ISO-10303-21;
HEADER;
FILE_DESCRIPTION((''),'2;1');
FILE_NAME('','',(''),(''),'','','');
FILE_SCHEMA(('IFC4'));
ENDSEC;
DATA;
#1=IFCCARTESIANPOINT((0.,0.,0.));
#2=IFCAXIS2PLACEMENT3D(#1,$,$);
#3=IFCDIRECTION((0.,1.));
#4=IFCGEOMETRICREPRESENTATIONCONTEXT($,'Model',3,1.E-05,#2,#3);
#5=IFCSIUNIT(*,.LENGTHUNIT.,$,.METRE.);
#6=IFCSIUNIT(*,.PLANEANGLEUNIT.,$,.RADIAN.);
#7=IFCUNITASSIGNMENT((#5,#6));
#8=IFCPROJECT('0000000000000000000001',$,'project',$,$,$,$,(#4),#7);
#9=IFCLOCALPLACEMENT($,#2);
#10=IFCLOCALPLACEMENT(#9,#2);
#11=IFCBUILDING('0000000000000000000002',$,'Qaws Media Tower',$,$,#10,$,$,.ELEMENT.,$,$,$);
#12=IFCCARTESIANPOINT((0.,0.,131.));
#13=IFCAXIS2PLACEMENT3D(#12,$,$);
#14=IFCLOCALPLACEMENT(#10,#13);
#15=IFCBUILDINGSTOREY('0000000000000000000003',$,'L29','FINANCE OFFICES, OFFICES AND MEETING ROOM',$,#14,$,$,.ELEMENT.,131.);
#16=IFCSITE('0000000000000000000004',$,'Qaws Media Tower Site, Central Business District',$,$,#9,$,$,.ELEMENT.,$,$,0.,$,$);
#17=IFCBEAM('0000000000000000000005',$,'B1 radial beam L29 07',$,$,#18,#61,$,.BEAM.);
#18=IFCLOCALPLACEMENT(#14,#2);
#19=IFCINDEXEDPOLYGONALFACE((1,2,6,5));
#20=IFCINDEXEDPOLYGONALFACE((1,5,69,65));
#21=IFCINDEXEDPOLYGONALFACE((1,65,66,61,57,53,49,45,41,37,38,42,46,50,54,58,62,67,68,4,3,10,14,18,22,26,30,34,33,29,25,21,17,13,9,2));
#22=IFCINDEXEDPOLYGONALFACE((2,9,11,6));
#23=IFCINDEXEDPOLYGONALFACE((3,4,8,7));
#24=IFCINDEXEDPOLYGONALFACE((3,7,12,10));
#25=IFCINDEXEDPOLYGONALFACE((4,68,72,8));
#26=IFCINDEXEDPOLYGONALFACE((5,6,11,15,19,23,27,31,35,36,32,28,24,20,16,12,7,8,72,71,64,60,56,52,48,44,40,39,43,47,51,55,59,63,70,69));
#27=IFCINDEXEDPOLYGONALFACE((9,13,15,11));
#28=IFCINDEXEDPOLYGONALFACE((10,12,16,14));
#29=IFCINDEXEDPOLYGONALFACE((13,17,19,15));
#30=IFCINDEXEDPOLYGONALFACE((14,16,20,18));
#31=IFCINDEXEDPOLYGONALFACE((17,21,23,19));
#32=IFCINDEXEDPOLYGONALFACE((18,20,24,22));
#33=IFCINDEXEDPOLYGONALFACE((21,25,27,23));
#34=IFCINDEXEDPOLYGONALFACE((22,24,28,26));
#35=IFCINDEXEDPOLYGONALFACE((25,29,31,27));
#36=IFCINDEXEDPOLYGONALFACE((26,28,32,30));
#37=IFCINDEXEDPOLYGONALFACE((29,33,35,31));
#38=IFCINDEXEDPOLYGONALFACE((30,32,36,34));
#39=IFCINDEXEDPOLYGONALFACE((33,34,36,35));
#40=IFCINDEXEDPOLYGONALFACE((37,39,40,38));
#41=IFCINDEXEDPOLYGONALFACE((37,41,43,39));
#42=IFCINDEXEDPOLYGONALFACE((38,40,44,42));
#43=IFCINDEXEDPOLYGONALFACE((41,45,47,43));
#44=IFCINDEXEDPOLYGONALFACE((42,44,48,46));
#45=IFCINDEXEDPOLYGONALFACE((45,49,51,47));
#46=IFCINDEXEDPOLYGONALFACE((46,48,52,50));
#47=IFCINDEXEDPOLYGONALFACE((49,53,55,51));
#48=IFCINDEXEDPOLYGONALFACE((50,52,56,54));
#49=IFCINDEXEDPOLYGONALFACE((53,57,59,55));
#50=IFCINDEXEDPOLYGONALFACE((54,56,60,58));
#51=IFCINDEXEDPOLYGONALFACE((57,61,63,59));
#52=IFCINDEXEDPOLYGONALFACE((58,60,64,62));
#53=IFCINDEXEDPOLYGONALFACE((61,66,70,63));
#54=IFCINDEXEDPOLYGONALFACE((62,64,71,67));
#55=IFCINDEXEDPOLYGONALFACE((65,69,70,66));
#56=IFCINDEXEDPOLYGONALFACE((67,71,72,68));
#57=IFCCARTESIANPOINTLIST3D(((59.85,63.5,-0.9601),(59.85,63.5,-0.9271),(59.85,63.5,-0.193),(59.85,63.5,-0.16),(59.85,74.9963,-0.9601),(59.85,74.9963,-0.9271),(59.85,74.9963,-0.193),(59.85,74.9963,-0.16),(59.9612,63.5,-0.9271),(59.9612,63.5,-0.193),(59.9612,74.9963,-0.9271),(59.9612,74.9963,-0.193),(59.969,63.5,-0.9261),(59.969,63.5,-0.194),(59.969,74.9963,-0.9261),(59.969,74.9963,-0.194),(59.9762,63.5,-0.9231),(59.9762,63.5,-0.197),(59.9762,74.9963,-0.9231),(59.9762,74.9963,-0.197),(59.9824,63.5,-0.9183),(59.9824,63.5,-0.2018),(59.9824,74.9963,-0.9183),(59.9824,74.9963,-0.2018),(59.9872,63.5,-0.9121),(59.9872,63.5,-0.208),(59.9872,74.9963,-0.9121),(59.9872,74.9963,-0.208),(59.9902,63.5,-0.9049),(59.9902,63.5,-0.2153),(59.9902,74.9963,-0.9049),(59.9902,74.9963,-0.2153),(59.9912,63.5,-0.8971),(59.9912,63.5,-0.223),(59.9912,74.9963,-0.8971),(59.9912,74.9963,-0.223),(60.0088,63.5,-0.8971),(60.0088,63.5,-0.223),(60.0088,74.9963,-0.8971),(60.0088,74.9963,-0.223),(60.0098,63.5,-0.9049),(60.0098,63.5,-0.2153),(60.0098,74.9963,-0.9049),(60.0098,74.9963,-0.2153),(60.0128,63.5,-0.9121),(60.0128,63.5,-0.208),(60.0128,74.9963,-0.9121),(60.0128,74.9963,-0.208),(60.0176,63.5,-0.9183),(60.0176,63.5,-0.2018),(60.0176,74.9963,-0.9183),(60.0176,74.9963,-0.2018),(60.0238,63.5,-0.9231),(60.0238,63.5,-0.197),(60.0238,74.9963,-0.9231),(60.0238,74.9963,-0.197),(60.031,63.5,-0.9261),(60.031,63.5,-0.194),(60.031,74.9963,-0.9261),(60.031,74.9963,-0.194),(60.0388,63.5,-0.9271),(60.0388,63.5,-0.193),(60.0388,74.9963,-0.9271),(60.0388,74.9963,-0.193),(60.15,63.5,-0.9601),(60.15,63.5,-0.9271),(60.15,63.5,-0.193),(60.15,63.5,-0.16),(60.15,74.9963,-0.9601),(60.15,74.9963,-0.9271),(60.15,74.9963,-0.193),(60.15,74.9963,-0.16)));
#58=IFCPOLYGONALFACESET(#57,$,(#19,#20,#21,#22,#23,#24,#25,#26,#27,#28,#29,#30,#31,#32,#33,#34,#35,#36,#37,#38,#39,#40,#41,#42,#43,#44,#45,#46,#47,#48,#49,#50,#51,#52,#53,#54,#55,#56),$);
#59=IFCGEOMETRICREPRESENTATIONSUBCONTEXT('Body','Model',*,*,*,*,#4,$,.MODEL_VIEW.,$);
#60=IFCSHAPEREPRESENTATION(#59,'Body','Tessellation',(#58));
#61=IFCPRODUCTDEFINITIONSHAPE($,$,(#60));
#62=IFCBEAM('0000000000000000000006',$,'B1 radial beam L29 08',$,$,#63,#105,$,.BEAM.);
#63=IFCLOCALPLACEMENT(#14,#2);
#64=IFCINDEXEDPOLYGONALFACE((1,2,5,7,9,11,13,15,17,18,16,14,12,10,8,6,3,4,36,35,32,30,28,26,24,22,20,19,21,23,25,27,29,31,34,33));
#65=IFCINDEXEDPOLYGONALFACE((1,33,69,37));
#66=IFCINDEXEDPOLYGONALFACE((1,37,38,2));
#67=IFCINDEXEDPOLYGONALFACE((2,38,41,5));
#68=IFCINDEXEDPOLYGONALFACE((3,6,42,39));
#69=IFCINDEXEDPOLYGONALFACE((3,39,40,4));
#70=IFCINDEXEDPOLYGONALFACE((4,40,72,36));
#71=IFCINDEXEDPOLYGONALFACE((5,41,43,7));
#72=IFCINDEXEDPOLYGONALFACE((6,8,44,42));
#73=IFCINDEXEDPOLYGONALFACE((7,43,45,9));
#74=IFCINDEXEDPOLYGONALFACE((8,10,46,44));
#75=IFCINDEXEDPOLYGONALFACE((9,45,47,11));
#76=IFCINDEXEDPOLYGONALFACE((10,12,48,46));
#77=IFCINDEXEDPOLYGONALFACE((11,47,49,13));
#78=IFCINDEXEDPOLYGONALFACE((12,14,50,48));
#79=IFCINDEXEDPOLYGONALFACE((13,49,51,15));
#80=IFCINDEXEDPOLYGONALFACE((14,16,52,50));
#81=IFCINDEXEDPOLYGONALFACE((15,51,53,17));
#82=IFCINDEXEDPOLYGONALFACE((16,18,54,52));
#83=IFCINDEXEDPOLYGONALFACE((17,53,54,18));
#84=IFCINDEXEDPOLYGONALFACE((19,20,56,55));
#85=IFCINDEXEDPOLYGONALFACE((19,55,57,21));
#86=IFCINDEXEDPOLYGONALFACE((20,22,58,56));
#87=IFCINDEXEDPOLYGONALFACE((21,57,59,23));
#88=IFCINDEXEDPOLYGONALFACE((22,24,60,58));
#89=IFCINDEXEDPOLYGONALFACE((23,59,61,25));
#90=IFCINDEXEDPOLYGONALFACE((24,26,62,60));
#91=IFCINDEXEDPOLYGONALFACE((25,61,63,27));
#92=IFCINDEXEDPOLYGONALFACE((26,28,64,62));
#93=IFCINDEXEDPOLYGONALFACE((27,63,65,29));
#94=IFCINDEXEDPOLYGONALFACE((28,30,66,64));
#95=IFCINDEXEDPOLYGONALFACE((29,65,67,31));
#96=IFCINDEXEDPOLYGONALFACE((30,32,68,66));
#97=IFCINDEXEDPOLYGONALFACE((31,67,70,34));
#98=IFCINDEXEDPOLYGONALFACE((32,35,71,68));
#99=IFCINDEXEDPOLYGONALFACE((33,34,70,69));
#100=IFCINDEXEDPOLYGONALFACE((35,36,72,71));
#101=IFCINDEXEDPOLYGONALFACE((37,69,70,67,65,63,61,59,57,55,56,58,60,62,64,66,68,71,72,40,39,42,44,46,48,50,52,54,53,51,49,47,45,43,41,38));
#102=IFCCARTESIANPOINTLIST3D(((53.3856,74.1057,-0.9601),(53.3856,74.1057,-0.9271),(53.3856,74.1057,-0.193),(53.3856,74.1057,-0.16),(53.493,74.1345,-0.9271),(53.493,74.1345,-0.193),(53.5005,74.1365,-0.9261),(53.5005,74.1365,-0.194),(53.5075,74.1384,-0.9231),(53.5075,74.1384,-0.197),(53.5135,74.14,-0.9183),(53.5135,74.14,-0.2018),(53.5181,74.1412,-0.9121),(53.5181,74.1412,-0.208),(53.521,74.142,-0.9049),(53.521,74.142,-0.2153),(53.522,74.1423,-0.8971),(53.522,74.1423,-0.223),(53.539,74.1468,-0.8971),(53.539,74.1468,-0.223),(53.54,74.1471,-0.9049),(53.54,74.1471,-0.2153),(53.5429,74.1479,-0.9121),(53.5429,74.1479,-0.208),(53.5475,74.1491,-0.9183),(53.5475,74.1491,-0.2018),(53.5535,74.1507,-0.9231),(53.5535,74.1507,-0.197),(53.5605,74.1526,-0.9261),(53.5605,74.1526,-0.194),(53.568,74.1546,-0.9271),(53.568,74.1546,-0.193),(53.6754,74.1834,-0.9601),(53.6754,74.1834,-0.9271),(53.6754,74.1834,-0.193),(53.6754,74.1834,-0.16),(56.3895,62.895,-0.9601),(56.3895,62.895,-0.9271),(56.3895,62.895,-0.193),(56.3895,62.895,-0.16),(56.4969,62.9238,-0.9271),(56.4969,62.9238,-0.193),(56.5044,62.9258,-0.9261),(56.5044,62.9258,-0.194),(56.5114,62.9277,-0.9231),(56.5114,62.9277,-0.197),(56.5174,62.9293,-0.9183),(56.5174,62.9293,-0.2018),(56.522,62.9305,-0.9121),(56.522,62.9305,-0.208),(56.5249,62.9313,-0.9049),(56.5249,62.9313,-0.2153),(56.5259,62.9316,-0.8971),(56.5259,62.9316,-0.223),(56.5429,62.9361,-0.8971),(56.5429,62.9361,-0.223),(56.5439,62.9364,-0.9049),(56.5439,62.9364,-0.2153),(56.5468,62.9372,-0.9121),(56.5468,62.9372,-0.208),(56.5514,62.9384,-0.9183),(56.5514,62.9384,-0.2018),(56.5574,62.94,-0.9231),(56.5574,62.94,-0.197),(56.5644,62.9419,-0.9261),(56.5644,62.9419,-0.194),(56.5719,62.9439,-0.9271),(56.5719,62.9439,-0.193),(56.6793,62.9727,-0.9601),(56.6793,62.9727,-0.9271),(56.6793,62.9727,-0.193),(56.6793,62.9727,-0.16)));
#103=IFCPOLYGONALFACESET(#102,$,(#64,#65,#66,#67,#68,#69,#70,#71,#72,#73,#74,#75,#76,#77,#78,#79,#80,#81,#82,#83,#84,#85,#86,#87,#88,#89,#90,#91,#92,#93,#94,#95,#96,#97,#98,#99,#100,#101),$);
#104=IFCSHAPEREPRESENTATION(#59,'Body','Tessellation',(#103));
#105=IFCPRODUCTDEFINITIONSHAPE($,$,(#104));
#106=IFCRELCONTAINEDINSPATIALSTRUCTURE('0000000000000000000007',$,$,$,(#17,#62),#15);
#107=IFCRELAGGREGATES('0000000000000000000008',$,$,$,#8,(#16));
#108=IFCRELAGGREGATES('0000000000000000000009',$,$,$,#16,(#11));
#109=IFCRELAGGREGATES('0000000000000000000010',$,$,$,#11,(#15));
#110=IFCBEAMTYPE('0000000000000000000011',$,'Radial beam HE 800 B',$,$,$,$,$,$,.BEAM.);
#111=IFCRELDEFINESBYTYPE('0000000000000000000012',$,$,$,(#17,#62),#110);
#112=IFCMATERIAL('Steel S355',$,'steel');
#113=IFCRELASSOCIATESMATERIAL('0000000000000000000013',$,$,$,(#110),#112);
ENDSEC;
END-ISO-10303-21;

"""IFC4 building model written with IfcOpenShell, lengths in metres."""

from ifc_helpers import new_model, si_unit, direction, frame, origin, origin_2d, place, context, subcontext, project, spatial, i_section, extrude, material, material_profile, profile_set, type_object, element, save


model = new_model("IFC4")

# Units and contexts
model_context = context("Model", 3, precision=1e-05, world=origin(), true_north=direction((0.0, 1.0)))
body_context = subcontext(model_context, "Body", "Model", "MODEL_VIEW")
ifc_project = project(units=[si_unit("LENGTHUNIT", "METRE"), si_unit("PLANEANGLEUNIT", "RADIAN")], contexts=[model_context])

# Site, building, storey
site_placement = place(None, origin())
site = spatial("IfcSite", under=ifc_project, at=site_placement, Name="Qaws Media Tower Site, Central Business District", CompositionType="ELEMENT", RefElevation=0.0)
building_placement = place(site_placement, origin())
building = spatial("IfcBuilding", under=site, at=building_placement, Name="Qaws Media Tower", CompositionType="ELEMENT")
storey_placement = place(building_placement, frame((0.0, 0.0, 131.0)))
storey = spatial("IfcBuildingStorey", under=building, at=storey_placement, Name="L29", Description="FINANCE OFFICES, OFFICES AND MEETING ROOM", CompositionType="ELEMENT", Elevation=131.0)

# Beams
ifc_material_1 = material(Name="Steel S355", Category="steel")
ifc_material_profile_1 = material_profile(ifc_material_1, i_section(OverallWidth=0.3, OverallDepth=0.8, WebThickness=0.0176, FlangeThickness=0.033, FilletRadius=0.03, at=origin_2d()), Name="HE 800 B")
ifc_profile_set_1 = profile_set([ifc_material_profile_1], Name="Steel S355")
beam_type_1 = type_object("IfcBeamType", Name="Radial beam HE 800 B", PredefinedType="BEAM", material=ifc_profile_set_1)
beam_1_placement = place(storey_placement, frame((60.0, 63.5, -0.5601), z_axis=(0.0, 1.0, 0.0), x_axis=(-1.0, 0.0, 0.0)))
element("IfcBeam", 1, at=beam_1_placement, inside=storey, type_object=beam_type_1, Name="B1 radial beam L29 07", PredefinedType="BEAM", context=body_context, shape_type="SweptSolid", body=[
    extrude(i_section(OverallWidth=0.3, OverallDepth=0.8, WebThickness=0.0176, FlangeThickness=0.033, FilletRadius=0.03, at=origin_2d()), origin(), (0.0, 0.0, 1.0), 11.4963),
])
beam_2_placement = place(storey_placement, frame((56.5344, 62.9338, -0.5601), z_axis=(-0.25882, 0.965926, 0.0), x_axis=(-0.965926, -0.25882, 0.0)))
element("IfcBeam", 2, at=beam_2_placement, inside=storey, type_object=beam_type_1, Name="B1 radial beam L29 08", PredefinedType="BEAM", context=body_context, shape_type="SweptSolid", body=[
    extrude(i_section(OverallWidth=0.3, OverallDepth=0.8, WebThickness=0.0176, FlangeThickness=0.033, FilletRadius=0.03, at=origin_2d()), origin(), (0.0, 0.0, 1.0), 11.6062),
])

save(model, "model.ifc")
